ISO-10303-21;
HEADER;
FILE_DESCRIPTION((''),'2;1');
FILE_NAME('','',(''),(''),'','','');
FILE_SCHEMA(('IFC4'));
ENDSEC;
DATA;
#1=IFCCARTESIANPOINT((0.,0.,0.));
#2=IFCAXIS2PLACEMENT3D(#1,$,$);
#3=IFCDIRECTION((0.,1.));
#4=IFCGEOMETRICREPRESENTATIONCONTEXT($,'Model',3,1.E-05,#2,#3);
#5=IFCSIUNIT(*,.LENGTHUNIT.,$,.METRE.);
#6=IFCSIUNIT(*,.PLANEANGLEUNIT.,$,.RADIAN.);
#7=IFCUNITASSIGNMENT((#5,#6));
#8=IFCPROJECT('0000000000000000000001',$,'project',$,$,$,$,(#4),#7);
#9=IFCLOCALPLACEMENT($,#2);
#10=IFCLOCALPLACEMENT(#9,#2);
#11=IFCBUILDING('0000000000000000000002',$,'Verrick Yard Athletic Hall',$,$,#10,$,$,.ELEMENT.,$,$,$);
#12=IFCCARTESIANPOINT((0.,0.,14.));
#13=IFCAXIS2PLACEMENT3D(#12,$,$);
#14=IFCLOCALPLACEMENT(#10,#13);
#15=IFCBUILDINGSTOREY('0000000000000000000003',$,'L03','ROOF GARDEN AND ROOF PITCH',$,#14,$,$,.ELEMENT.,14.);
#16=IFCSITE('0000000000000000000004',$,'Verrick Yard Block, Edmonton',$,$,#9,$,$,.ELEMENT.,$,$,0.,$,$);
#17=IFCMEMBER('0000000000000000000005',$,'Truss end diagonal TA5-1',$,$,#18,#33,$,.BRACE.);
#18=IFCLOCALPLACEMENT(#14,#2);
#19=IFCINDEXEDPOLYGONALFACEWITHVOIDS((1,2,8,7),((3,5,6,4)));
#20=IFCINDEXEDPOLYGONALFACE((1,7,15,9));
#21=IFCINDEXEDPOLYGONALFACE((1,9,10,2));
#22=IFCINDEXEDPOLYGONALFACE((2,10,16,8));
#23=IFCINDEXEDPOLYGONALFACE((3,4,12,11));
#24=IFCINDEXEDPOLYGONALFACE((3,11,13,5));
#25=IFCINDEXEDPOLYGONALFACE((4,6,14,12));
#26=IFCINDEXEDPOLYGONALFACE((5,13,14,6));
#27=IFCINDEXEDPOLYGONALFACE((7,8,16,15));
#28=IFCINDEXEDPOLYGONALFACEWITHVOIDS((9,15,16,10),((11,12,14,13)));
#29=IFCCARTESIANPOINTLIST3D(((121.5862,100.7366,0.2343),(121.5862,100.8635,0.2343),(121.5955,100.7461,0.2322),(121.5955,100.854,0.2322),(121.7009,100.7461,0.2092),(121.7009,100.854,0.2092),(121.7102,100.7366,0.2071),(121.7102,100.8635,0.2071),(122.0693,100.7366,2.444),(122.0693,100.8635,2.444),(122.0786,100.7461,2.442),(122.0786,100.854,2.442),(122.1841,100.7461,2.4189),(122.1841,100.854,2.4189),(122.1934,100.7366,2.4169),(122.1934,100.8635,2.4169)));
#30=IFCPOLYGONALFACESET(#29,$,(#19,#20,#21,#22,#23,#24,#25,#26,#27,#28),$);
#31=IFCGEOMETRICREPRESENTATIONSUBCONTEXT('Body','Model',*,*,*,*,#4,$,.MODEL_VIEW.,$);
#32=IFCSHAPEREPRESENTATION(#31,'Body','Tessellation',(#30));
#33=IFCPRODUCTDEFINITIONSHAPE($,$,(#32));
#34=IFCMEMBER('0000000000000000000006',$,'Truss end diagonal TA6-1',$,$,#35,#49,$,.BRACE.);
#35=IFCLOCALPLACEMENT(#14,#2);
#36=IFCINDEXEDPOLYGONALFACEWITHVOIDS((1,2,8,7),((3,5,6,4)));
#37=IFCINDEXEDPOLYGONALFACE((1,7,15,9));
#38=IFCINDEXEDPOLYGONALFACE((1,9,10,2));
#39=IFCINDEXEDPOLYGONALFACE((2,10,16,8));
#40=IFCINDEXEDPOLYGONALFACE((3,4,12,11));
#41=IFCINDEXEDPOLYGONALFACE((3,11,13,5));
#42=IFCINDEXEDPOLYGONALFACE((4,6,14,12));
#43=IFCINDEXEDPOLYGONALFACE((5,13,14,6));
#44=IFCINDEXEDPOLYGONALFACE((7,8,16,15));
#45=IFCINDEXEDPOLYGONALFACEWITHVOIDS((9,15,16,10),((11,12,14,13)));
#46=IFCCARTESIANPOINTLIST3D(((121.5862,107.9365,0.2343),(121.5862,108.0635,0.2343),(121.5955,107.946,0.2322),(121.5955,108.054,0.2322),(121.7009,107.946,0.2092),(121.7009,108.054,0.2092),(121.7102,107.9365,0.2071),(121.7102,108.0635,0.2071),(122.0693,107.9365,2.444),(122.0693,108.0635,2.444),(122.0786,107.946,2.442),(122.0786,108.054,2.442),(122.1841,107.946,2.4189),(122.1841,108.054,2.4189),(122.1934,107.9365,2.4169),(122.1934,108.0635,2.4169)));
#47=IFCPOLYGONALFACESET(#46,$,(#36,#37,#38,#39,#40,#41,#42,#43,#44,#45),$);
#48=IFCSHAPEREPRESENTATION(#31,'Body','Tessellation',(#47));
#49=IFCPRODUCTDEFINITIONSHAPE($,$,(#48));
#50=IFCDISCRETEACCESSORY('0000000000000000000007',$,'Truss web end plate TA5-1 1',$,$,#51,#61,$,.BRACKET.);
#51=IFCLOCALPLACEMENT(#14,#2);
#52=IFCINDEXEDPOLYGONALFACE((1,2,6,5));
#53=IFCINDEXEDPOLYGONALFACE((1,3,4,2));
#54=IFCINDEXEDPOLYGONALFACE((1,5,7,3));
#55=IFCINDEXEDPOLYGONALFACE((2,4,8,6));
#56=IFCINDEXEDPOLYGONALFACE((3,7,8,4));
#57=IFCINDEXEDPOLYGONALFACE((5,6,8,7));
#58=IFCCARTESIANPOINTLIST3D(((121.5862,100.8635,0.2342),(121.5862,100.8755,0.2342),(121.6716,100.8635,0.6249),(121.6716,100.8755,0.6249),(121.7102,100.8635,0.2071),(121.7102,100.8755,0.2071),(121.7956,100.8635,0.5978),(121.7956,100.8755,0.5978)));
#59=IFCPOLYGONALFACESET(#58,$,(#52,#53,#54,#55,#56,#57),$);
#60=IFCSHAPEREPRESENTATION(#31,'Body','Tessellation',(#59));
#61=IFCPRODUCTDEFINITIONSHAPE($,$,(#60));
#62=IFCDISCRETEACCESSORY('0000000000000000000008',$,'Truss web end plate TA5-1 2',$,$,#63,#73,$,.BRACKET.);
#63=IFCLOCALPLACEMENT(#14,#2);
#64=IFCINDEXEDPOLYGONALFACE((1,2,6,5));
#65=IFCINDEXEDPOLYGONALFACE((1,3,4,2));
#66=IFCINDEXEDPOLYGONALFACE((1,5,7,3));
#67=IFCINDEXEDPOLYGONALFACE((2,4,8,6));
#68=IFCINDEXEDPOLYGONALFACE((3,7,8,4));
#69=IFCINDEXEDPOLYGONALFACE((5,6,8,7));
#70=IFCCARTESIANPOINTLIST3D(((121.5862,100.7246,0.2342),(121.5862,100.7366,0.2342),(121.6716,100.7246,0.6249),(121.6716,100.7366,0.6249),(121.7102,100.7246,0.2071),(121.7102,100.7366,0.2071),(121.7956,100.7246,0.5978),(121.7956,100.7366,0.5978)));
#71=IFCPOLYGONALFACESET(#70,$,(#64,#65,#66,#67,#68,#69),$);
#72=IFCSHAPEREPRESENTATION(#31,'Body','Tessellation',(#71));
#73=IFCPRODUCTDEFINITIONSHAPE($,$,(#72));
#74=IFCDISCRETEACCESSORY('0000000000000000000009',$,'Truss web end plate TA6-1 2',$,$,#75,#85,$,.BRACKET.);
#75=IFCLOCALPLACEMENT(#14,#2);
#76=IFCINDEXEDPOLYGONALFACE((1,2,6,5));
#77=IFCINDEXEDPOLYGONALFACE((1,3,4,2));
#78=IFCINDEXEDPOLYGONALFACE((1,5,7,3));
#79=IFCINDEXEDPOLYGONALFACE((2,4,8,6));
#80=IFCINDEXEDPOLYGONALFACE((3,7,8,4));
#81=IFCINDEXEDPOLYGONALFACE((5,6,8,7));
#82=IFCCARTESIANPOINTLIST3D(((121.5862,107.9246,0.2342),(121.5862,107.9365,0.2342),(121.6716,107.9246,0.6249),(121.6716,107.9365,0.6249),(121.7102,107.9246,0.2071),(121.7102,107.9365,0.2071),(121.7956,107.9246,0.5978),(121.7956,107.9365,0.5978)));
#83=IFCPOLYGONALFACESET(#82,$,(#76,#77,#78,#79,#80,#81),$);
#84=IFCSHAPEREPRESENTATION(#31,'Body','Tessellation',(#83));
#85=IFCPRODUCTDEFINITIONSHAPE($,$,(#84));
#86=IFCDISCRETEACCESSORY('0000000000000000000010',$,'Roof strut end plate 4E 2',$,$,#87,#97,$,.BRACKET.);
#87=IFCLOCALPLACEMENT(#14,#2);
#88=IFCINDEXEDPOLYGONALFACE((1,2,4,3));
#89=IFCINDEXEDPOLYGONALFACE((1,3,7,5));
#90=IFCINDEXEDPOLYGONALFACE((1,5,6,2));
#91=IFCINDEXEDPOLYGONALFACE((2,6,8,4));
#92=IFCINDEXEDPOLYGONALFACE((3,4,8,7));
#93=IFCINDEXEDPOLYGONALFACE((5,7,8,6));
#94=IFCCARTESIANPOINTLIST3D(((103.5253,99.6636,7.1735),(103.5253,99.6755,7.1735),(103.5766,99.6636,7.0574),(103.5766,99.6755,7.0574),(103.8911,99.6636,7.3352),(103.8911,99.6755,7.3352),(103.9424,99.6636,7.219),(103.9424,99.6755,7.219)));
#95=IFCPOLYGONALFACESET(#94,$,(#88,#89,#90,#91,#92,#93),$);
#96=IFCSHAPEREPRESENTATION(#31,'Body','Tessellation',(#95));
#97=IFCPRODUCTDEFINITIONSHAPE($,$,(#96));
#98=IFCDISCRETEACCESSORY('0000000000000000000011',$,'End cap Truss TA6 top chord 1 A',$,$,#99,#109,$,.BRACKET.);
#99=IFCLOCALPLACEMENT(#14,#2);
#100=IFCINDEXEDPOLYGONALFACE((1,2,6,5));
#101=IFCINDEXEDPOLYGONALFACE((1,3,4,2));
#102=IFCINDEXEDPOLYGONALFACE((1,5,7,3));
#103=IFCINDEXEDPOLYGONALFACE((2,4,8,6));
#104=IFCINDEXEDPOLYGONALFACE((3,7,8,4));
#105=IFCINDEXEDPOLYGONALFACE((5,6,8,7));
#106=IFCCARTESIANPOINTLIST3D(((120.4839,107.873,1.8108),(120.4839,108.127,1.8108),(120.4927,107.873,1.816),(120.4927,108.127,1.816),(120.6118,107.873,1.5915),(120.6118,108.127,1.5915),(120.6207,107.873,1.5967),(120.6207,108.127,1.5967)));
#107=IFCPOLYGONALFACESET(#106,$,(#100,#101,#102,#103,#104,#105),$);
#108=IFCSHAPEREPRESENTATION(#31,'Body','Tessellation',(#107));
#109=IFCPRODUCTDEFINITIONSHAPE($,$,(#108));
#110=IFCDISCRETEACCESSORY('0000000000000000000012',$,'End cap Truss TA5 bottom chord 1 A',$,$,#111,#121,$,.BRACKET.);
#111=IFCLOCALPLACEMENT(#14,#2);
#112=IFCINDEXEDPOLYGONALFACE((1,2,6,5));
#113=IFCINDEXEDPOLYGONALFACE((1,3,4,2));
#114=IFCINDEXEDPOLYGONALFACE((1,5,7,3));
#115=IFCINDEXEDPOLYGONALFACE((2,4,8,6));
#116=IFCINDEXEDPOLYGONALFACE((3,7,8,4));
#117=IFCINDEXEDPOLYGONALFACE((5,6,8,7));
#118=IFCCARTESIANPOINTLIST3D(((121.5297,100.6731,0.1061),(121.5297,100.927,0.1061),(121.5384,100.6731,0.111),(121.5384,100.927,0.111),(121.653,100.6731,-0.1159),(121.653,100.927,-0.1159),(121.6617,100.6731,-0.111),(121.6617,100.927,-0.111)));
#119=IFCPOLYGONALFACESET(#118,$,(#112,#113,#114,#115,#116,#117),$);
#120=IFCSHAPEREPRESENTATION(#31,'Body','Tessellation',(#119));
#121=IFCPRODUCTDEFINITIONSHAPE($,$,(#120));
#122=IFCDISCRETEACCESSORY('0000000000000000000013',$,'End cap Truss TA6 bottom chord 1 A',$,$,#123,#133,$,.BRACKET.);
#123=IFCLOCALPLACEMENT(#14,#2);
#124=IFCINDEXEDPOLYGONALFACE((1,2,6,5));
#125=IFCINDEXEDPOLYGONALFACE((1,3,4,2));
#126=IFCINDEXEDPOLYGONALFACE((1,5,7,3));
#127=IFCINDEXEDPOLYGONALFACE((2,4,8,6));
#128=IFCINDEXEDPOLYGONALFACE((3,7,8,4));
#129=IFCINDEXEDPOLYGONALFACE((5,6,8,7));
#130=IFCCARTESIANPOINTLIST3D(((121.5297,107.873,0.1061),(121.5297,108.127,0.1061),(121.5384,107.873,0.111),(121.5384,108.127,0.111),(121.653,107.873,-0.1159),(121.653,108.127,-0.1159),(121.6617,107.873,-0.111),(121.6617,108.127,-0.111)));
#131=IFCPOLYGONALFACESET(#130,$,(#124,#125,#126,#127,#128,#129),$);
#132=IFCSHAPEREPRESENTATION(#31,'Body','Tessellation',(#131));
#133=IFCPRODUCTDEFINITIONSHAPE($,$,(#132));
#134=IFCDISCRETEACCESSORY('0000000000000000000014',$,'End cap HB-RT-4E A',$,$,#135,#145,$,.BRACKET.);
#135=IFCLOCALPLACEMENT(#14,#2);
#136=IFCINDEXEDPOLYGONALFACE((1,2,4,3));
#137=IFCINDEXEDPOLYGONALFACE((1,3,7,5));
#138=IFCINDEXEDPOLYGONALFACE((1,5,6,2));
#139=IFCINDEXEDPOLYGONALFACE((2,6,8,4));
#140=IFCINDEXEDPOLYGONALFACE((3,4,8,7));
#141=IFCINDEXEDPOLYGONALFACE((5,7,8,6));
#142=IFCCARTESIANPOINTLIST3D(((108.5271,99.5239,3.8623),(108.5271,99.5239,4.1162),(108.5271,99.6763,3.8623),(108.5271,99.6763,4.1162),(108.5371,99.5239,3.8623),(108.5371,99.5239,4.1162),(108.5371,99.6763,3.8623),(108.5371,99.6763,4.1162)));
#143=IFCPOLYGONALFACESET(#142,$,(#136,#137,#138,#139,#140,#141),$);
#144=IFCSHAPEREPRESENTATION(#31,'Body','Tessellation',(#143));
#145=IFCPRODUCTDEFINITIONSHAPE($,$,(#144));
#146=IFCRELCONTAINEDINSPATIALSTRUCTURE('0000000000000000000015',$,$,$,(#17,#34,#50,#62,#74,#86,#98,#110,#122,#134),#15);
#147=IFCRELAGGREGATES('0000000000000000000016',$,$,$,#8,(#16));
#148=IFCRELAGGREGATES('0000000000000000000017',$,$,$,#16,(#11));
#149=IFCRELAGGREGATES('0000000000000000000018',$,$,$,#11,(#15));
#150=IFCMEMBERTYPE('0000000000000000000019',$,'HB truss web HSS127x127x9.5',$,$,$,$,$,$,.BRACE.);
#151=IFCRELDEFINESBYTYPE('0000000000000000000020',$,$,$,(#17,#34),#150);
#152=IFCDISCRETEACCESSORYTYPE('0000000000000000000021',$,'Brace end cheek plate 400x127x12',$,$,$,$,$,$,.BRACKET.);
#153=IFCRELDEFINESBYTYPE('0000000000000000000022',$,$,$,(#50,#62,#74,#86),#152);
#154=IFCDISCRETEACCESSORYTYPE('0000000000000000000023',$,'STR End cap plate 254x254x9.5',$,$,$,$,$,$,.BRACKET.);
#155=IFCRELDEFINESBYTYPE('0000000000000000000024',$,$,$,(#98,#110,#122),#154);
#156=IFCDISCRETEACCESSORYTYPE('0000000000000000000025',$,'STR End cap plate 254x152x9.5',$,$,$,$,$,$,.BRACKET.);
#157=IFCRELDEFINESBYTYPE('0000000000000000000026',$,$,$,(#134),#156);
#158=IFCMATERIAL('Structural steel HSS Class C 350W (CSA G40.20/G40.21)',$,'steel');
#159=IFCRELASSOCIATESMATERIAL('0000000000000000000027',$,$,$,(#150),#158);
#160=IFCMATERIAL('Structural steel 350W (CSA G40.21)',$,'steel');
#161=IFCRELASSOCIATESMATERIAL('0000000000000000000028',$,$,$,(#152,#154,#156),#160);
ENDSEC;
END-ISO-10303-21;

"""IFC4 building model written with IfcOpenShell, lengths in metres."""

from ifc_helpers import new_model, si_unit, direction, frame, origin, origin_2d, place, context, subcontext, project, spatial, rectangle, hollow_rectangle, extrude, material, material_profile, profile_set, type_object, element, save


model = new_model("IFC4")

# Units and contexts
model_context = context("Model", 3, precision=1e-05, world=origin(), true_north=direction((0.0, 1.0)))
body_context = subcontext(model_context, "Body", "Model", "MODEL_VIEW")
ifc_project = project(units=[si_unit("LENGTHUNIT", "METRE"), si_unit("PLANEANGLEUNIT", "RADIAN")], contexts=[model_context])

# Site, building, storey
site_placement = place(None, origin())
site = spatial("IfcSite", under=ifc_project, at=site_placement, Name="Verrick Yard Block, Edmonton", CompositionType="ELEMENT", RefElevation=0.0)
building_placement = place(site_placement, origin())
building = spatial("IfcBuilding", under=site, at=building_placement, Name="Verrick Yard Athletic Hall", CompositionType="ELEMENT")
storey_placement = place(building_placement, frame((0.0, 0.0, 14.0)))
storey = spatial("IfcBuildingStorey", under=building, at=storey_placement, Name="L03", Description="ROOF GARDEN AND ROOF PITCH", CompositionType="ELEMENT", Elevation=14.0)

# Shared definitions
ifc_material_1 = material(Name="Structural steel HSS Class C 350W (CSA G40.20/G40.21)", Category="steel")

# Members
ifc_material_profile_1 = material_profile(ifc_material_1, hollow_rectangle(XDim=0.127, YDim=0.127, WallThickness=0.0095, at=origin_2d()), Name="HSS127x127x9.5")
ifc_profile_set_1 = profile_set([ifc_material_profile_1], Name="Structural steel HSS Class C 350W (CSA G40.20/G40.21)")
member_type_1 = type_object("IfcMemberType", Name="HB truss web HSS127x127x9.5", PredefinedType="BRACE", material=ifc_profile_set_1)
for number, where, z_axis, x_axis, name in (
    (1, (121.6482, 100.8, 0.2207), (0.213604, 0.0, 0.97692), (0.0, 1.0, 0.0), "Truss end diagonal TA5-1"),
    (2, (121.6482, 108.0, 0.2207), (0.213604, 0.0, 0.97692), (0.0, 1.0, 0.0), "Truss end diagonal TA6-1"),
):
    element("IfcMember", number, at=place(storey_placement, frame(where, z_axis=z_axis, x_axis=x_axis)), inside=storey, type_object=member_type_1, Name=name, PredefinedType="BRACE", context=body_context, shape_type="SweptSolid", body=[
        extrude(hollow_rectangle(XDim=0.127, YDim=0.127, WallThickness=0.0095, at=origin_2d()), origin(), (0.0, 0.0, 1.0), 2.262),
    ])

# Discrete accessories
ifc_material_2 = material(Name="Structural steel 350W (CSA G40.21)", Category="steel")
ifc_material_profile_2 = material_profile(ifc_material_2, rectangle(XDim=0.3999, YDim=0.127, at=origin_2d()), Name="Brace end cheek plate")
ifc_profile_set_2 = profile_set([ifc_material_profile_2], Name="Structural steel 350W (CSA G40.21)")
discrete_accessory_type_1 = type_object("IfcDiscreteAccessoryType", Name="Brace end cheek plate 400x127x12", PredefinedType="BRACKET", material=ifc_profile_set_2)
for number, where, z_axis, x_axis, name in (
    (3, (121.6909, 100.8635, 0.416), (0.0, 1.0, 0.0), (0.213605, 0.0, 0.97692), "Truss web end plate TA5-1 1"),
    (4, (121.6909, 100.7366, 0.416), (0.0, -1.0, 0.0), (0.213605, 0.0, 0.97692), "Truss web end plate TA5-1 2"),
    (5, (121.6909, 107.9365, 0.416), (0.0, -1.0, 0.0), (0.213605, 0.0, 0.97692), "Truss web end plate TA6-1 2"),
    (6, (103.7339, 99.6636, 7.1963), (0.0, 1.0, 0.0), (-0.914688, 0.0, -0.40416), "Roof strut end plate 4E 2"),
):
    element("IfcDiscreteAccessory", number, at=place(storey_placement, frame(where, z_axis=z_axis, x_axis=x_axis)), inside=storey, type_object=discrete_accessory_type_1, Name=name, PredefinedType="BRACKET", context=body_context, shape_type="SweptSolid", body=[
        extrude(rectangle(XDim=0.3999, YDim=0.127, at=origin_2d()), origin(), (0.0, 0.0, 1.0), 0.012),
    ])
ifc_material_profile_3 = material_profile(ifc_material_2, rectangle(XDim=0.2539, YDim=0.2539, at=origin_2d()), Name="STR End cap plate 254x254x9.5")
ifc_profile_set_3 = profile_set([ifc_material_profile_3], Name="Structural steel 350W (CSA G40.21)")
discrete_accessory_type_2 = type_object("IfcDiscreteAccessoryType", Name="STR End cap plate 254x254x9.5", PredefinedType="BRACKET", material=ifc_profile_set_3)
discrete_accessory_1_placement = place(storey_placement, frame((120.5479, 108.0, 1.7012), z_axis=(0.863779, 0.0, 0.503871), x_axis=(0.0, 1.0, 0.0)))
element("IfcDiscreteAccessory", 7, at=discrete_accessory_1_placement, inside=storey, type_object=discrete_accessory_type_2, Name="End cap Truss TA6 top chord 1 A", PredefinedType="BRACKET", context=body_context, shape_type="SweptSolid", body=[
    extrude(rectangle(XDim=0.2539, YDim=0.2539, at=origin_2d()), origin(), (0.0, 0.0, 1.0), 0.0103),
])
for number, where, z_axis, x_axis, name in (
    (8, (121.5913, 100.8, -0.0049), (0.874157, 0.0, 0.485643), (0.0, 1.0, 0.0), "End cap Truss TA5 bottom chord 1 A"),
    (9, (121.5913, 108.0, -0.0049), (0.874157, 0.0, 0.485643), (0.0, 1.0, 0.0), "End cap Truss TA6 bottom chord 1 A"),
):
    element("IfcDiscreteAccessory", number, at=place(storey_placement, frame(where, z_axis=z_axis, x_axis=x_axis)), inside=storey, type_object=discrete_accessory_type_2, Name=name, PredefinedType="BRACKET", context=body_context, shape_type="SweptSolid", body=[
        extrude(rectangle(XDim=0.2539, YDim=0.2539, at=origin_2d()), origin(), (0.0, 0.0, 1.0), 0.01),
    ])
ifc_material_profile_4 = material_profile(ifc_material_2, rectangle(XDim=0.1523, YDim=0.2539, at=origin_2d()), Name="STR End cap plate 254x152x9.5")
ifc_profile_set_4 = profile_set([ifc_material_profile_4], Name="Structural steel 350W (CSA G40.21)")
discrete_accessory_type_3 = type_object("IfcDiscreteAccessoryType", Name="STR End cap plate 254x152x9.5", PredefinedType="BRACKET", material=ifc_profile_set_4)
discrete_accessory_2_placement = place(storey_placement, frame((108.5371, 99.6001, 3.9893), z_axis=(-1.0, 0.0, 0.0), x_axis=(0.0, -1.0, 0.0)))
element("IfcDiscreteAccessory", 10, at=discrete_accessory_2_placement, inside=storey, type_object=discrete_accessory_type_3, Name="End cap HB-RT-4E A", PredefinedType="BRACKET", context=body_context, shape_type="SweptSolid", body=[
    extrude(rectangle(XDim=0.1523, YDim=0.2539, at=origin_2d()), origin(), (0.0, 0.0, 1.0), 0.01),
])

save(model, "model.ifc")
